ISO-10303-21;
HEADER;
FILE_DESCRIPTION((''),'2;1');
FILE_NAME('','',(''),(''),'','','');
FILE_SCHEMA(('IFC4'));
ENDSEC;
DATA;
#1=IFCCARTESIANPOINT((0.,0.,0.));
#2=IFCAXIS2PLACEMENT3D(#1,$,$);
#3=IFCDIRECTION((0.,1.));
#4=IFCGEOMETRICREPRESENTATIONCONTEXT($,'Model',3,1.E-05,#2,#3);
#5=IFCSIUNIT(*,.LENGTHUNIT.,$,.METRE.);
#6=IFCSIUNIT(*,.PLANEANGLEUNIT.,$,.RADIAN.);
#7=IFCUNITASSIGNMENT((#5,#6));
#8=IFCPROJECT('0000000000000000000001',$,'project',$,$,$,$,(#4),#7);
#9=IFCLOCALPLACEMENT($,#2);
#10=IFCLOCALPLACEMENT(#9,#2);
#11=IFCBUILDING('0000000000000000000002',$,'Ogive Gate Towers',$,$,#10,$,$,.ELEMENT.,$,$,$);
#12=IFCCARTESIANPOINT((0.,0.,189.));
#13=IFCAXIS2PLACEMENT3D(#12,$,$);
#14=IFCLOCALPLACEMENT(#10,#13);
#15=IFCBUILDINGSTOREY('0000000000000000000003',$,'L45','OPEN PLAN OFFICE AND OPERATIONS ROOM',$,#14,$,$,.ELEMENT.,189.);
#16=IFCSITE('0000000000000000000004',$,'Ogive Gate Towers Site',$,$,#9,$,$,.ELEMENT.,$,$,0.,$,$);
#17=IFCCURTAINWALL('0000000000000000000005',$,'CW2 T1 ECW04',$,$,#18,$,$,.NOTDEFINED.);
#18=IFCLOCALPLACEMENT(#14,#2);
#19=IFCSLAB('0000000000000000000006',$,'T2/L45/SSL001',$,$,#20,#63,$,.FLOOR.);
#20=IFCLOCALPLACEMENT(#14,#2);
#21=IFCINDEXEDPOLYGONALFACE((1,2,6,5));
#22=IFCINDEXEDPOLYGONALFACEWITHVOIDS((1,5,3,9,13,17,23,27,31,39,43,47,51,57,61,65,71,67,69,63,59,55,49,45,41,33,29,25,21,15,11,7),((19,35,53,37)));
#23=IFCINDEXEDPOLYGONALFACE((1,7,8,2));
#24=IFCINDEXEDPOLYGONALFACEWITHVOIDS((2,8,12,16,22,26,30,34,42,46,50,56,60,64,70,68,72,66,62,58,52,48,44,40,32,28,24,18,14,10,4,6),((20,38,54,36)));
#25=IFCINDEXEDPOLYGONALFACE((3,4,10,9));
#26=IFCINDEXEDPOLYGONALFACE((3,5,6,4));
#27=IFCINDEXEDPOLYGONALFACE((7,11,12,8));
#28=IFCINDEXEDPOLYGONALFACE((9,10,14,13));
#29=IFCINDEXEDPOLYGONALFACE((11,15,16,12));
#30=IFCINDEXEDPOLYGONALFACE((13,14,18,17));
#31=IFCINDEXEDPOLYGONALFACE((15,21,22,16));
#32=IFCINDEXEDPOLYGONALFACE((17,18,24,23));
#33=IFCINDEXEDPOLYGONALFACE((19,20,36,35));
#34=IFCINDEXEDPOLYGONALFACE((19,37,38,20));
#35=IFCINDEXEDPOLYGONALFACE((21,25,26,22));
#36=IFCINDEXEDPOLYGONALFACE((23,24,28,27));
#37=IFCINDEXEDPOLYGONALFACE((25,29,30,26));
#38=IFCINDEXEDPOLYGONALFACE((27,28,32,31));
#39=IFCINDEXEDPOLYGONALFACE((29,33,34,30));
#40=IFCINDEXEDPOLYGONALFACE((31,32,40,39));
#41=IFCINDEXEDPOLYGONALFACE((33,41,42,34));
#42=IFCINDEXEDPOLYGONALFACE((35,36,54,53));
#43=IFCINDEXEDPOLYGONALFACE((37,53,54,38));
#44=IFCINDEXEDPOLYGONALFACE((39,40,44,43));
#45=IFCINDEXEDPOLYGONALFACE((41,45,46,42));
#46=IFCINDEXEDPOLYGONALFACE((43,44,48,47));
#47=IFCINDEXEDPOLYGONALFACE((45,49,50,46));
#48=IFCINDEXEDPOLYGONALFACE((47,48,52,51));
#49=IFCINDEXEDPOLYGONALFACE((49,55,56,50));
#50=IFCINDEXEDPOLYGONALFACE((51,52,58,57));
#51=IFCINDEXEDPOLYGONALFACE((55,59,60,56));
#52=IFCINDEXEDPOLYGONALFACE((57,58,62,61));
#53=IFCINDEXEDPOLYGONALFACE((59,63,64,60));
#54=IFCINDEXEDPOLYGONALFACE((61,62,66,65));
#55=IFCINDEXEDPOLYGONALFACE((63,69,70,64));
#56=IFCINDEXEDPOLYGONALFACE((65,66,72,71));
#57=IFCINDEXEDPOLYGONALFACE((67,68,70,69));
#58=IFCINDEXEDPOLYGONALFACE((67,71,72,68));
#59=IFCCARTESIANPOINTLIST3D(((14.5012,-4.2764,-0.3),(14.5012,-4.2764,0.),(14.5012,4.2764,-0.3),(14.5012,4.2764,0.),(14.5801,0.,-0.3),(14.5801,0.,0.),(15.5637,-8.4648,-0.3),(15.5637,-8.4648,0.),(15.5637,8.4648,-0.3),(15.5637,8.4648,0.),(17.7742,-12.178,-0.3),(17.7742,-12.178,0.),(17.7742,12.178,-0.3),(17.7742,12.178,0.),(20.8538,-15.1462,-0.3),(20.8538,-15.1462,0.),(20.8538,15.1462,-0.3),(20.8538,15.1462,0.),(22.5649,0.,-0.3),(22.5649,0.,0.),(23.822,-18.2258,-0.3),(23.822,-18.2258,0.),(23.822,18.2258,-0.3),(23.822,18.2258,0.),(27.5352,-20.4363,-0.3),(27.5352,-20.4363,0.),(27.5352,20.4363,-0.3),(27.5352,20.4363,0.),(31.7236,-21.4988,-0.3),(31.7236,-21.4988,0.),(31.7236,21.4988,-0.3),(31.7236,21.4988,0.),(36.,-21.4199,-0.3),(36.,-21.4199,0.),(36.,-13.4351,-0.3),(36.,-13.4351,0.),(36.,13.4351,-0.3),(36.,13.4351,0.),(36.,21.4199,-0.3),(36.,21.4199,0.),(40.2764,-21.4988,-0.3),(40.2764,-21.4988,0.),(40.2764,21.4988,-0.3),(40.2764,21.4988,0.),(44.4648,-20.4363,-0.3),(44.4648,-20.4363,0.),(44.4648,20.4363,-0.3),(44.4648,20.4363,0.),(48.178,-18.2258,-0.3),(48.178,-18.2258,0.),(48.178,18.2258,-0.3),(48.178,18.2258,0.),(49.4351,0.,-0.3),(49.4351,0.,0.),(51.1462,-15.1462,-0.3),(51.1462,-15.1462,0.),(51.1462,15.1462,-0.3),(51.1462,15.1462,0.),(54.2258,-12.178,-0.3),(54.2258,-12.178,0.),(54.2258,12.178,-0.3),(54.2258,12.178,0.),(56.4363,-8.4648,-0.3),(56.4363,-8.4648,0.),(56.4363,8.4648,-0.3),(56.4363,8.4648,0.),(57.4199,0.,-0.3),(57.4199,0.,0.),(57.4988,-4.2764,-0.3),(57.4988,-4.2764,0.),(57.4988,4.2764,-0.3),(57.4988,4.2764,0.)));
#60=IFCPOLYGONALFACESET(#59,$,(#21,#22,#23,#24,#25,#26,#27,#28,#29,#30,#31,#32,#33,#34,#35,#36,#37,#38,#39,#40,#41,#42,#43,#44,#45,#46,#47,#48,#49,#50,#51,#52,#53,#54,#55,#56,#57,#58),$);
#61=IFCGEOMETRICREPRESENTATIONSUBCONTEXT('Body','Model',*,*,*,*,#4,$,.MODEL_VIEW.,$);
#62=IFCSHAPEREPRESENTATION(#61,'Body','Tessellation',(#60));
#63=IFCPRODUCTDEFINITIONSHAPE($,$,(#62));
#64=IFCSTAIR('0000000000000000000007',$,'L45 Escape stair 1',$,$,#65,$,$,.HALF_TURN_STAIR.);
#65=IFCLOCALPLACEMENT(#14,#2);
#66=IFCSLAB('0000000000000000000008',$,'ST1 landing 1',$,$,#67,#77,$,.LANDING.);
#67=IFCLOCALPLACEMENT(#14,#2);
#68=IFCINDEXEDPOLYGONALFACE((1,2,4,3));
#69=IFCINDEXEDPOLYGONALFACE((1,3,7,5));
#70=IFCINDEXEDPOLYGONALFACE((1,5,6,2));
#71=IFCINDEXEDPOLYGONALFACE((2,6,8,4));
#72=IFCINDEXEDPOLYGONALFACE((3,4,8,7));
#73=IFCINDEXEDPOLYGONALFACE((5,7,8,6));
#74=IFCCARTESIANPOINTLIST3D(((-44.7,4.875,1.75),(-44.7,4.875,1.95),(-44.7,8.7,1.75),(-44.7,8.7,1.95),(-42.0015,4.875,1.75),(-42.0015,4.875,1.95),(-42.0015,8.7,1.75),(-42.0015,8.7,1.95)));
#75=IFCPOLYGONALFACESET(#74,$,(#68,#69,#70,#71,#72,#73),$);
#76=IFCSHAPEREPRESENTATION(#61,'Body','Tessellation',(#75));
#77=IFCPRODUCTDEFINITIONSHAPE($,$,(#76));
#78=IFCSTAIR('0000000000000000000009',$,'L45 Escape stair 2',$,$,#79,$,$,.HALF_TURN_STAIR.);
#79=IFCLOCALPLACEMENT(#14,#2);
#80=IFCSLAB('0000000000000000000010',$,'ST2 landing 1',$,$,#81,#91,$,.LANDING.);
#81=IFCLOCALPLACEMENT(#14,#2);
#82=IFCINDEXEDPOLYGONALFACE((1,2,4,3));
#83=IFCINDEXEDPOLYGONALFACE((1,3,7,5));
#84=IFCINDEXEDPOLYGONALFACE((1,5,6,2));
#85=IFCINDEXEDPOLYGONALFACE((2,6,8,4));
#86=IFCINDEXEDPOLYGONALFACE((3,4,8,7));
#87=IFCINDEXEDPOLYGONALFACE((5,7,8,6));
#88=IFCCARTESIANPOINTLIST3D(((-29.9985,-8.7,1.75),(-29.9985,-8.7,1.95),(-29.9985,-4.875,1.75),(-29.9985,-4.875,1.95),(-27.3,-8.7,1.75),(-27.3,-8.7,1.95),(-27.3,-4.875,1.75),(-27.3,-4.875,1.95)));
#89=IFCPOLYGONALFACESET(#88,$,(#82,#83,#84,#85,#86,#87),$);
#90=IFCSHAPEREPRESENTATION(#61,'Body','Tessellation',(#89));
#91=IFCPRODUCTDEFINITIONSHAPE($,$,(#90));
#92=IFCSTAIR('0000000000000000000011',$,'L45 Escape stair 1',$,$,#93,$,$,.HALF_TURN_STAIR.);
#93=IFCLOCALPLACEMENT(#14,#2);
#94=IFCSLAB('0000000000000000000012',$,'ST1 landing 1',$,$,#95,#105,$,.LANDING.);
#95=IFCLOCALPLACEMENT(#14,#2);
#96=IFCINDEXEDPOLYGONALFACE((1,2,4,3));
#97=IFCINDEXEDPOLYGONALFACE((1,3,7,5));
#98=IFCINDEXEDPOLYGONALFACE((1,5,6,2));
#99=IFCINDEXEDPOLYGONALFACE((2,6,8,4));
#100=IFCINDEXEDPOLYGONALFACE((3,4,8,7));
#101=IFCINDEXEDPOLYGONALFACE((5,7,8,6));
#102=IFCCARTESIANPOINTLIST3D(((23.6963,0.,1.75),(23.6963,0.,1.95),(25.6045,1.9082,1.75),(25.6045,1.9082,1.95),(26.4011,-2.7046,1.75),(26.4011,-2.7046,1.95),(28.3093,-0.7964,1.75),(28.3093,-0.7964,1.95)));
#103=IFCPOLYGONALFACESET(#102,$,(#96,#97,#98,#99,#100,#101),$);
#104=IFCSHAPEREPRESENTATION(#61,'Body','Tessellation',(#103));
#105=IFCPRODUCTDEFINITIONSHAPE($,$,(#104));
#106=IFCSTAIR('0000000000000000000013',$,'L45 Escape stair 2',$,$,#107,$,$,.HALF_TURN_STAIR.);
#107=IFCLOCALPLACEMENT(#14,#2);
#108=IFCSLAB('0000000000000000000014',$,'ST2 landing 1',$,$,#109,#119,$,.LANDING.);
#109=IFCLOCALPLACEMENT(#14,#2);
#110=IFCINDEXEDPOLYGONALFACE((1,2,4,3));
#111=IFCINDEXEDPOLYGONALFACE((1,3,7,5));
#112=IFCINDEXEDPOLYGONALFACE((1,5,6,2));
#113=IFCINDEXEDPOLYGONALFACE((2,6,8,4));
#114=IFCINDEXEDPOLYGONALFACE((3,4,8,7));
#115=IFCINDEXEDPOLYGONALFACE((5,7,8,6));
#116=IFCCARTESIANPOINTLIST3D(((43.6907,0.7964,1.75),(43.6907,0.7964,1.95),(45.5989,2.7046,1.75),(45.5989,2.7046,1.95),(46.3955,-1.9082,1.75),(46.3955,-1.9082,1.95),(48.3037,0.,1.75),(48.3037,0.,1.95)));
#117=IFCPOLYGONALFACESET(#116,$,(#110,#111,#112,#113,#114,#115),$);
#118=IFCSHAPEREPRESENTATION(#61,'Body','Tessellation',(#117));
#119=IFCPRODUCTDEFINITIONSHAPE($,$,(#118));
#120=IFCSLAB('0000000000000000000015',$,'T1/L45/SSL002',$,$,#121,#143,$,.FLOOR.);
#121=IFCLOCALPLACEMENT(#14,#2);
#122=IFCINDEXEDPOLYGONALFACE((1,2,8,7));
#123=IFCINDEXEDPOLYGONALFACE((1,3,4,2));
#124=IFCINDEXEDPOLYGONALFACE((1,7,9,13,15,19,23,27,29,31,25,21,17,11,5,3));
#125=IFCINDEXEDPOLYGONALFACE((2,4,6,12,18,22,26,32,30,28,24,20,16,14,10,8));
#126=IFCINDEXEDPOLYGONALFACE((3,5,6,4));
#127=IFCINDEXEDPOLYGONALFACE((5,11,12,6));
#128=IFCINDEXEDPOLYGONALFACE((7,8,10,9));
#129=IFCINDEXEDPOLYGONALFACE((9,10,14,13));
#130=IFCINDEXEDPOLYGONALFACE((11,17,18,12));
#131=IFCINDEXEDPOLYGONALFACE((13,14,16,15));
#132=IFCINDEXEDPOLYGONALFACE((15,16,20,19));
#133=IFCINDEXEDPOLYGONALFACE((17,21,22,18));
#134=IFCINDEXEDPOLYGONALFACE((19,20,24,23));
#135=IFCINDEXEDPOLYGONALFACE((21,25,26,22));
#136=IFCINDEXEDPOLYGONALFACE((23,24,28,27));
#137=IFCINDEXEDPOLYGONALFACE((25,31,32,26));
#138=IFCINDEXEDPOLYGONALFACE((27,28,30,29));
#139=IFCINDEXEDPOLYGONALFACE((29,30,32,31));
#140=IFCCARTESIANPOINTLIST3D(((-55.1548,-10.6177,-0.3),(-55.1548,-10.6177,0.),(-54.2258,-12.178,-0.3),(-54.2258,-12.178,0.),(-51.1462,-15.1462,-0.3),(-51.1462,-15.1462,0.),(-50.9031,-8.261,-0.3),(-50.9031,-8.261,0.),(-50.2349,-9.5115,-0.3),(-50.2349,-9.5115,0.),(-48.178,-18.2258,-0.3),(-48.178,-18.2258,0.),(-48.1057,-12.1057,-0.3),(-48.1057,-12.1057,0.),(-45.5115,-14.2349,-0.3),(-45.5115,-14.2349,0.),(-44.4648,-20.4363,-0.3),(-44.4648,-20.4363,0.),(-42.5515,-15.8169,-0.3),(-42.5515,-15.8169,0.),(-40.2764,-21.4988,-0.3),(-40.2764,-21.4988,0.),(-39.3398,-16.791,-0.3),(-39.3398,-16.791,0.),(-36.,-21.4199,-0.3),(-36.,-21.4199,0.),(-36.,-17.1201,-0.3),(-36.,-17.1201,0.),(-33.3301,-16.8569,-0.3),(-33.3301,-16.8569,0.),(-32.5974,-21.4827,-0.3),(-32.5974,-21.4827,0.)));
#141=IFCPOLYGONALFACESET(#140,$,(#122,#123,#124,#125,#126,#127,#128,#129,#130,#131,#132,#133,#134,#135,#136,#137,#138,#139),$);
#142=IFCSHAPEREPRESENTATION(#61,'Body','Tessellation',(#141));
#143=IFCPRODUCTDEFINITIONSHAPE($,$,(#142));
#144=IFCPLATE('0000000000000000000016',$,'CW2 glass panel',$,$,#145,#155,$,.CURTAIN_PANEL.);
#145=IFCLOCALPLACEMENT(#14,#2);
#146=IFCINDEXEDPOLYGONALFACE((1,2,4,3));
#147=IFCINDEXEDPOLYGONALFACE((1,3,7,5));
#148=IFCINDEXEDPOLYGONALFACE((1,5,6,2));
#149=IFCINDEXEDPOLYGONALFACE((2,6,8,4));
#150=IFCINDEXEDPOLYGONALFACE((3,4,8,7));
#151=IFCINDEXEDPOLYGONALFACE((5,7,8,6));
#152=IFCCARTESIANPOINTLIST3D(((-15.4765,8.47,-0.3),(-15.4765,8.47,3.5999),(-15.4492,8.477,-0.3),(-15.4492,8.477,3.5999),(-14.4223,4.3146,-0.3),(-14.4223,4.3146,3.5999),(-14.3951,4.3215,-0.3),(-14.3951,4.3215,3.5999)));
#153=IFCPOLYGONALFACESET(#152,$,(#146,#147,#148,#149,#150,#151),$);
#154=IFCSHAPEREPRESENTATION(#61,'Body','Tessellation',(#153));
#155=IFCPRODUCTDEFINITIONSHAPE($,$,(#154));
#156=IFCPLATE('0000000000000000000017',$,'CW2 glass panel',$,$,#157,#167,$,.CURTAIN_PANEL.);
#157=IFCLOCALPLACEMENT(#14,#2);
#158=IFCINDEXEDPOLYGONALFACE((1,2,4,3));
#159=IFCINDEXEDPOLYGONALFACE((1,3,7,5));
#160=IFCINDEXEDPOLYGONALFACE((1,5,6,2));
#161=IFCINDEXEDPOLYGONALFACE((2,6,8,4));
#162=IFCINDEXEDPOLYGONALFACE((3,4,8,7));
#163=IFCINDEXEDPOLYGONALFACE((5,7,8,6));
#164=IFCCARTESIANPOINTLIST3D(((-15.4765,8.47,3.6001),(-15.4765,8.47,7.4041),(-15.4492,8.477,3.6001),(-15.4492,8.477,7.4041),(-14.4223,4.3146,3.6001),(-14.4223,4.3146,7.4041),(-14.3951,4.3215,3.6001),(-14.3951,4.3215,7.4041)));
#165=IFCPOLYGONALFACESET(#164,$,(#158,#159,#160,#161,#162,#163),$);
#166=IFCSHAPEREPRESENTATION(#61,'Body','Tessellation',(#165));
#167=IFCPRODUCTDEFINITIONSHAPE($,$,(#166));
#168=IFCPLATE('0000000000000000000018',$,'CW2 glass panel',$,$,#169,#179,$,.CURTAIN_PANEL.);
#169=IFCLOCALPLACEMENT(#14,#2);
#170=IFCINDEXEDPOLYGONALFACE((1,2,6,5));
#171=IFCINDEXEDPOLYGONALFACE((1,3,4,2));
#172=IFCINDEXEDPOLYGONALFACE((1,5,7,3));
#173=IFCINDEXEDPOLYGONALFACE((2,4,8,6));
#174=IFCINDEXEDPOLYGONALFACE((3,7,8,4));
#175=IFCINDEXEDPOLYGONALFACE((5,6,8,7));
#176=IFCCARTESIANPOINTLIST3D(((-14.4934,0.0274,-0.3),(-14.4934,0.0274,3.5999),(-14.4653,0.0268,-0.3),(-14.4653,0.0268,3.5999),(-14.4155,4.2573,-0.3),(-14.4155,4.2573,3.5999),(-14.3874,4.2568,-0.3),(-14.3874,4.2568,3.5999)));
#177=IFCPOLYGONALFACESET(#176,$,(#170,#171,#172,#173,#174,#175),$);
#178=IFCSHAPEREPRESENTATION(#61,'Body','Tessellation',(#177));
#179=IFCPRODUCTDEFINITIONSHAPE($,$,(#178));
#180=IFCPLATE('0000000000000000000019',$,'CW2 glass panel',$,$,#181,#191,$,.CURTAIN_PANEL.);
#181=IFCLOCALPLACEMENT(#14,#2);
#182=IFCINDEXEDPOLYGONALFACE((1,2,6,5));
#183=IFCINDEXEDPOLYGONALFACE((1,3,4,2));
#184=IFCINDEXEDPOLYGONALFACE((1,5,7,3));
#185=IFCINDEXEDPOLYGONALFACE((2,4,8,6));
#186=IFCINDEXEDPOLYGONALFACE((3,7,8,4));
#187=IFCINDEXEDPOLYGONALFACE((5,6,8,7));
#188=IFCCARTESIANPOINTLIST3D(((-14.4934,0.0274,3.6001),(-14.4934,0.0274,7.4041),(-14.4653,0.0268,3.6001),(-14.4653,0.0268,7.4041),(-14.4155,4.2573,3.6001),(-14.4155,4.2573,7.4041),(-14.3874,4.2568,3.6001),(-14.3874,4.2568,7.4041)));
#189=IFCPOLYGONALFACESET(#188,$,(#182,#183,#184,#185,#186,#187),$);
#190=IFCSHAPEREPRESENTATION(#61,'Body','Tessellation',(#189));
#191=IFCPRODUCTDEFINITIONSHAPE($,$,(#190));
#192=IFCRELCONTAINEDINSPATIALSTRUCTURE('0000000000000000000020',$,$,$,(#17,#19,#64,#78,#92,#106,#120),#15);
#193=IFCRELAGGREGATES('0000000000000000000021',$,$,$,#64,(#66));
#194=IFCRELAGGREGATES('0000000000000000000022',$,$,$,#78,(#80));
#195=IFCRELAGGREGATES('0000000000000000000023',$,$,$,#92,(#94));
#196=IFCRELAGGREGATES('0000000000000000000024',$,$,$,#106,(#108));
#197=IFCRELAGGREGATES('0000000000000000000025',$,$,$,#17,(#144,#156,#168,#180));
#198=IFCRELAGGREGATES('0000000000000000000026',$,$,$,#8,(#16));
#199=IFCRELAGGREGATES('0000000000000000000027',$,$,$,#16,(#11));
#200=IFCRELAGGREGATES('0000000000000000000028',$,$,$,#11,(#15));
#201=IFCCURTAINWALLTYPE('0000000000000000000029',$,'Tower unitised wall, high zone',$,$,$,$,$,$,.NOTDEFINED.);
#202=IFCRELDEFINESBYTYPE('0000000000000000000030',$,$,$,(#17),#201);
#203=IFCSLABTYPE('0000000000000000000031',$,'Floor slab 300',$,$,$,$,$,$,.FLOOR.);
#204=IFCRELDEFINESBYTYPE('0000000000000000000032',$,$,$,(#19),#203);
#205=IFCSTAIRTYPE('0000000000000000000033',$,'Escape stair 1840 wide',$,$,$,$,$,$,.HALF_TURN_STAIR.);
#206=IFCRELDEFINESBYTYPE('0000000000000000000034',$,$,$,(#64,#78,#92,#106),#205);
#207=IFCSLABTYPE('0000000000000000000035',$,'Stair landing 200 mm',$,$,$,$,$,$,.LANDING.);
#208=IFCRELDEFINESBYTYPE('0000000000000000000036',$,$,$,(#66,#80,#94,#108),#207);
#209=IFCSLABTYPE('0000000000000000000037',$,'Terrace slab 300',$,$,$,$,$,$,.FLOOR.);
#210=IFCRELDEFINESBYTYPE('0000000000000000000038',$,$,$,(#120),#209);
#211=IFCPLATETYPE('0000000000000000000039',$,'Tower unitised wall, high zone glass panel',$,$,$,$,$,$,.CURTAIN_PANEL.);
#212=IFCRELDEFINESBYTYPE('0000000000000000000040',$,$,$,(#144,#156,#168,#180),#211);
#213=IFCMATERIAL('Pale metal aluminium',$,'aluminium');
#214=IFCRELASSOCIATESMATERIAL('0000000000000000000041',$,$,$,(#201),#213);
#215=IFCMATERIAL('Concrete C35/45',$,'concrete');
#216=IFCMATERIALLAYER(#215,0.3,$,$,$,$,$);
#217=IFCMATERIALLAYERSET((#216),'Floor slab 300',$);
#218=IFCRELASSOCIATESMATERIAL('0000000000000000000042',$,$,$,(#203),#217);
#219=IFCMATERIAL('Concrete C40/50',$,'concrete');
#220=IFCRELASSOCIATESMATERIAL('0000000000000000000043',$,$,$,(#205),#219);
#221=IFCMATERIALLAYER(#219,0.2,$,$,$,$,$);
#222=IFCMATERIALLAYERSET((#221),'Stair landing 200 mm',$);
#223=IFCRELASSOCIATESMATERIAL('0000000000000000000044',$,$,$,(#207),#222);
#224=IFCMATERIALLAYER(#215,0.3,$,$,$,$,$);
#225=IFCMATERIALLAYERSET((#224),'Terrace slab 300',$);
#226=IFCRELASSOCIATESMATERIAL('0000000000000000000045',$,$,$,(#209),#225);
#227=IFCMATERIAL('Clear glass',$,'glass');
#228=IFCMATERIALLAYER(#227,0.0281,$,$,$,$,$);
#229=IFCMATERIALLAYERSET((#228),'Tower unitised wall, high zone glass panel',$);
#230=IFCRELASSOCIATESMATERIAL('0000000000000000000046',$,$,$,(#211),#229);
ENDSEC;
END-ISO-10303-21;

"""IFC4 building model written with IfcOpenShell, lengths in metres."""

from ifc_helpers import new_model, si_unit, direction, frame, origin, origin_2d, place, context, subcontext, project, spatial, polyline, rectangle, outline, extrude, material, layer, layer_set, type_object, element, aggregate, save


model = new_model("IFC4")

# Units and contexts
model_context = context("Model", 3, precision=1e-05, world=origin(), true_north=direction((0.0, 1.0)))
body_context = subcontext(model_context, "Body", "Model", "MODEL_VIEW")
ifc_project = project(units=[si_unit("LENGTHUNIT", "METRE"), si_unit("PLANEANGLEUNIT", "RADIAN")], contexts=[model_context])

# Site, building, storey
site_placement = place(None, origin())
site = spatial("IfcSite", under=ifc_project, at=site_placement, Name="Ogive Gate Towers Site", CompositionType="ELEMENT", RefElevation=0.0)
building_placement = place(site_placement, origin())
building = spatial("IfcBuilding", under=site, at=building_placement, Name="Ogive Gate Towers", CompositionType="ELEMENT")
storey_placement = place(building_placement, frame((0.0, 0.0, 189.0)))
storey = spatial("IfcBuildingStorey", under=building, at=storey_placement, Name="L45", Description="OPEN PLAN OFFICE AND OPERATIONS ROOM", CompositionType="ELEMENT", Elevation=189.0)

# Curtain wall
ifc_material_1 = material(Name="Pale metal aluminium", Category="aluminium")
curtain_wall_type = type_object("IfcCurtainWallType", Name="Tower unitised wall, high zone", PredefinedType="NOTDEFINED", material=ifc_material_1)
curtain_wall_1_placement = place(storey_placement, origin())
curtain_wall_1 = element("IfcCurtainWall", 1, at=curtain_wall_1_placement, inside=storey, type_object=curtain_wall_type, Name="CW2 T1 ECW04", PredefinedType="NOTDEFINED")

# Slab
ifc_material_2 = material(Name="Concrete C40/50", Category="concrete")
ifc_material_3 = material(Name="Concrete C35/45", Category="concrete")
ifc_layer_1 = layer(ifc_material_3, 0.3)
ifc_layer_set_1 = layer_set([ifc_layer_1], Name="Floor slab 300")
slab_type_1 = type_object("IfcSlabType", Name="Floor slab 300", PredefinedType="FLOOR", material=ifc_layer_set_1)
slab_1_placement = place(storey_placement, frame((0.0, 0.0, -0.3)))
element("IfcSlab", 2, at=slab_1_placement, inside=storey, type_object=slab_type_1, Name="T2/L45/SSL001", PredefinedType="FLOOR", context=body_context, shape_type="SweptSolid", body=[
    extrude(outline(polyline([(57.4988, -4.2764), (57.4199, 0.0), (57.4988, 4.2764), (56.4363, 8.4648), (54.2258, 12.178), (51.1462, 15.1462), (48.178, 18.2258), (44.4648, 20.4363), (40.2764, 21.4988), (36.0, 21.4199), (31.7236, 21.4988), (27.5352, 20.4363), (23.822, 18.2258), (20.8538, 15.1462), (17.7742, 12.178), (15.5637, 8.4648), (14.5012, 4.2764), (14.5801, 0.0), (14.5012, -4.2764), (15.5637, -8.4648), (17.7742, -12.178), (20.8538, -15.1462), (23.822, -18.2258), (27.5352, -20.4363), (31.7236, -21.4988), (36.0, -21.4199), (40.2764, -21.4988), (44.4648, -20.4363), (48.178, -18.2258), (51.1462, -15.1462), (54.2258, -12.178), (56.4363, -8.4648), (57.4988, -4.2764)]), holes=[polyline([(49.4351, 0.0), (36.0, -13.4351), (22.5649, 0.0), (36.0, 13.4351), (49.4351, 0.0)])]), origin(), (0.0, 0.0, 1.0), 0.3),
])

# Stairs, slabs
stair_type = type_object("IfcStairType", Name="Escape stair 1840 wide", PredefinedType="HALF_TURN_STAIR", material=ifc_material_2)
stair_1_placement = place(storey_placement, origin())
stair_1 = element("IfcStair", 3, at=stair_1_placement, inside=storey, type_object=stair_type, Name="L45 Escape stair 1", PredefinedType="HALF_TURN_STAIR")
ifc_layer_2 = layer(ifc_material_2, 0.2)
ifc_layer_set_2 = layer_set([ifc_layer_2], Name="Stair landing 200 mm")
slab_type_2 = type_object("IfcSlabType", Name="Stair landing 200 mm", PredefinedType="LANDING", material=ifc_layer_set_2)
slab_2_placement = place(storey_placement, frame((0.0, 0.0, 1.75)))
slab_2 = element("IfcSlab", 4, at=slab_2_placement, type_object=slab_type_2, Name="ST1 landing 1", PredefinedType="LANDING", context=body_context, shape_type="SweptSolid", body=[
    extrude(outline(polyline([(-42.0015, 8.7), (-44.7, 8.7), (-44.7, 4.875), (-42.0015, 4.875), (-42.0015, 8.7)])), origin(), (0.0, 0.0, 1.0), 0.2),
])
aggregate(stair_1, [slab_2])
stair_2_placement = place(storey_placement, origin())
stair_2 = element("IfcStair", 5, at=stair_2_placement, inside=storey, type_object=stair_type, Name="L45 Escape stair 2", PredefinedType="HALF_TURN_STAIR")
slab_3_placement = place(storey_placement, frame((0.0, 0.0, 1.75)))
slab_3 = element("IfcSlab", 6, at=slab_3_placement, type_object=slab_type_2, Name="ST2 landing 1", PredefinedType="LANDING", context=body_context, shape_type="SweptSolid", body=[
    extrude(outline(polyline([(-29.9985, -8.7), (-27.3, -8.7), (-27.3, -4.875), (-29.9985, -4.875), (-29.9985, -8.7)])), origin(), (0.0, 0.0, 1.0), 0.2),
])
aggregate(stair_2, [slab_3])
stair_3_placement = place(storey_placement, origin())
stair_3 = element("IfcStair", 7, at=stair_3_placement, inside=storey, type_object=stair_type, Name="L45 Escape stair 1", PredefinedType="HALF_TURN_STAIR")
slab_4_placement = place(storey_placement, frame((0.0, 0.0, 1.75)))
slab_4 = element("IfcSlab", 8, at=slab_4_placement, type_object=slab_type_2, Name="ST1 landing 1", PredefinedType="LANDING", context=body_context, shape_type="SweptSolid", body=[
    extrude(outline(polyline([(25.6045, 1.9082), (23.6963, 0.0), (26.4011, -2.7046), (28.3093, -0.7964), (25.6045, 1.9082)])), origin(), (0.0, 0.0, 1.0), 0.2),
])
aggregate(stair_3, [slab_4])
stair_4_placement = place(storey_placement, origin())
stair_4 = element("IfcStair", 9, at=stair_4_placement, inside=storey, type_object=stair_type, Name="L45 Escape stair 2", PredefinedType="HALF_TURN_STAIR")
slab_5_placement = place(storey_placement, frame((0.0, 0.0, 1.75)))
slab_5 = element("IfcSlab", 10, at=slab_5_placement, type_object=slab_type_2, Name="ST2 landing 1", PredefinedType="LANDING", context=body_context, shape_type="SweptSolid", body=[
    extrude(outline(polyline([(46.3955, -1.9082), (48.3037, 0.0), (45.5989, 2.7046), (43.6907, 0.7964), (46.3955, -1.9082)])), origin(), (0.0, 0.0, 1.0), 0.2),
])
aggregate(stair_4, [slab_5])

# Slab
ifc_layer_3 = layer(ifc_material_3, 0.3)
ifc_layer_set_3 = layer_set([ifc_layer_3], Name="Terrace slab 300")
slab_type_3 = type_object("IfcSlabType", Name="Terrace slab 300", PredefinedType="FLOOR", material=ifc_layer_set_3)
slab_6_placement = place(storey_placement, frame((0.0, 0.0, -0.3)))
element("IfcSlab", 11, at=slab_6_placement, inside=storey, type_object=slab_type_3, Name="T1/L45/SSL002", PredefinedType="FLOOR", context=body_context, shape_type="SweptSolid", body=[
    extrude(outline(polyline([(-50.9031, -8.261), (-55.1548, -10.6177), (-54.2258, -12.178), (-51.1462, -15.1462), (-48.178, -18.2258), (-44.4648, -20.4363), (-40.2764, -21.4988), (-36.0, -21.4199), (-32.5974, -21.4827), (-33.3301, -16.8569), (-36.0, -17.1201), (-39.3398, -16.791), (-42.5515, -15.8169), (-45.5115, -14.2349), (-48.1057, -12.1057), (-50.2349, -9.5115), (-50.9031, -8.261)])), origin(), (0.0, 0.0, 1.0), 0.3),
])

# Plates
ifc_material_4 = material(Name="Clear glass", Category="glass")
ifc_layer_4 = layer(ifc_material_4, 0.0281)
ifc_layer_set_4 = layer_set([ifc_layer_4], Name="Tower unitised wall, high zone glass panel")
plate_type = type_object("IfcPlateType", Name="Tower unitised wall, high zone glass panel", PredefinedType="CURTAIN_PANEL", material=ifc_layer_set_4)
plate_1_placement = place(storey_placement, frame((-14.9358, 6.3958, -0.3), z_axis=(0.0, 0.0, 1.0), x_axis=(0.245883, -0.9693, 0.0)))
plate_1 = element("IfcPlate", 12, at=plate_1_placement, type_object=plate_type, Name="CW2 glass panel", PredefinedType="CURTAIN_PANEL", context=body_context, shape_type="SweptSolid", body=[
    extrude(rectangle(XDim=4.2871, YDim=0.0281, at=origin_2d()), origin(), (0.0, 0.0, 1.0), 3.8999),
])
plate_2_placement = place(storey_placement, frame((-14.9358, 6.3958, 3.6001), z_axis=(0.0, 0.0, 1.0), x_axis=(0.245883, -0.9693, 0.0)))
plate_2 = element("IfcPlate", 13, at=plate_2_placement, type_object=plate_type, Name="CW2 glass panel", PredefinedType="CURTAIN_PANEL", context=body_context, shape_type="SweptSolid", body=[
    extrude(rectangle(XDim=4.2871, YDim=0.0281, at=origin_2d()), origin(), (0.0, 0.0, 1.0), 3.804),
])
plate_3_placement = place(storey_placement, frame((-14.4404, 2.1421, -0.3), z_axis=(0.0, 0.0, 1.0), x_axis=(-0.018412, -0.99983, 0.0)))
plate_3 = element("IfcPlate", 14, at=plate_3_placement, type_object=plate_type, Name="CW2 glass panel", PredefinedType="CURTAIN_PANEL", context=body_context, shape_type="SweptSolid", body=[
    extrude(rectangle(XDim=4.2307, YDim=0.0281, at=origin_2d()), origin(), (0.0, 0.0, 1.0), 3.8999),
])
plate_4_placement = place(storey_placement, frame((-14.4404, 2.1421, 3.6001), z_axis=(0.0, 0.0, 1.0), x_axis=(-0.018412, -0.99983, 0.0)))
plate_4 = element("IfcPlate", 15, at=plate_4_placement, type_object=plate_type, Name="CW2 glass panel", PredefinedType="CURTAIN_PANEL", context=body_context, shape_type="SweptSolid", body=[
    extrude(rectangle(XDim=4.2307, YDim=0.0281, at=origin_2d()), origin(), (0.0, 0.0, 1.0), 3.804),
])
aggregate(curtain_wall_1, [plate_1, plate_2, plate_3, plate_4])

save(model, "model.ifc")
